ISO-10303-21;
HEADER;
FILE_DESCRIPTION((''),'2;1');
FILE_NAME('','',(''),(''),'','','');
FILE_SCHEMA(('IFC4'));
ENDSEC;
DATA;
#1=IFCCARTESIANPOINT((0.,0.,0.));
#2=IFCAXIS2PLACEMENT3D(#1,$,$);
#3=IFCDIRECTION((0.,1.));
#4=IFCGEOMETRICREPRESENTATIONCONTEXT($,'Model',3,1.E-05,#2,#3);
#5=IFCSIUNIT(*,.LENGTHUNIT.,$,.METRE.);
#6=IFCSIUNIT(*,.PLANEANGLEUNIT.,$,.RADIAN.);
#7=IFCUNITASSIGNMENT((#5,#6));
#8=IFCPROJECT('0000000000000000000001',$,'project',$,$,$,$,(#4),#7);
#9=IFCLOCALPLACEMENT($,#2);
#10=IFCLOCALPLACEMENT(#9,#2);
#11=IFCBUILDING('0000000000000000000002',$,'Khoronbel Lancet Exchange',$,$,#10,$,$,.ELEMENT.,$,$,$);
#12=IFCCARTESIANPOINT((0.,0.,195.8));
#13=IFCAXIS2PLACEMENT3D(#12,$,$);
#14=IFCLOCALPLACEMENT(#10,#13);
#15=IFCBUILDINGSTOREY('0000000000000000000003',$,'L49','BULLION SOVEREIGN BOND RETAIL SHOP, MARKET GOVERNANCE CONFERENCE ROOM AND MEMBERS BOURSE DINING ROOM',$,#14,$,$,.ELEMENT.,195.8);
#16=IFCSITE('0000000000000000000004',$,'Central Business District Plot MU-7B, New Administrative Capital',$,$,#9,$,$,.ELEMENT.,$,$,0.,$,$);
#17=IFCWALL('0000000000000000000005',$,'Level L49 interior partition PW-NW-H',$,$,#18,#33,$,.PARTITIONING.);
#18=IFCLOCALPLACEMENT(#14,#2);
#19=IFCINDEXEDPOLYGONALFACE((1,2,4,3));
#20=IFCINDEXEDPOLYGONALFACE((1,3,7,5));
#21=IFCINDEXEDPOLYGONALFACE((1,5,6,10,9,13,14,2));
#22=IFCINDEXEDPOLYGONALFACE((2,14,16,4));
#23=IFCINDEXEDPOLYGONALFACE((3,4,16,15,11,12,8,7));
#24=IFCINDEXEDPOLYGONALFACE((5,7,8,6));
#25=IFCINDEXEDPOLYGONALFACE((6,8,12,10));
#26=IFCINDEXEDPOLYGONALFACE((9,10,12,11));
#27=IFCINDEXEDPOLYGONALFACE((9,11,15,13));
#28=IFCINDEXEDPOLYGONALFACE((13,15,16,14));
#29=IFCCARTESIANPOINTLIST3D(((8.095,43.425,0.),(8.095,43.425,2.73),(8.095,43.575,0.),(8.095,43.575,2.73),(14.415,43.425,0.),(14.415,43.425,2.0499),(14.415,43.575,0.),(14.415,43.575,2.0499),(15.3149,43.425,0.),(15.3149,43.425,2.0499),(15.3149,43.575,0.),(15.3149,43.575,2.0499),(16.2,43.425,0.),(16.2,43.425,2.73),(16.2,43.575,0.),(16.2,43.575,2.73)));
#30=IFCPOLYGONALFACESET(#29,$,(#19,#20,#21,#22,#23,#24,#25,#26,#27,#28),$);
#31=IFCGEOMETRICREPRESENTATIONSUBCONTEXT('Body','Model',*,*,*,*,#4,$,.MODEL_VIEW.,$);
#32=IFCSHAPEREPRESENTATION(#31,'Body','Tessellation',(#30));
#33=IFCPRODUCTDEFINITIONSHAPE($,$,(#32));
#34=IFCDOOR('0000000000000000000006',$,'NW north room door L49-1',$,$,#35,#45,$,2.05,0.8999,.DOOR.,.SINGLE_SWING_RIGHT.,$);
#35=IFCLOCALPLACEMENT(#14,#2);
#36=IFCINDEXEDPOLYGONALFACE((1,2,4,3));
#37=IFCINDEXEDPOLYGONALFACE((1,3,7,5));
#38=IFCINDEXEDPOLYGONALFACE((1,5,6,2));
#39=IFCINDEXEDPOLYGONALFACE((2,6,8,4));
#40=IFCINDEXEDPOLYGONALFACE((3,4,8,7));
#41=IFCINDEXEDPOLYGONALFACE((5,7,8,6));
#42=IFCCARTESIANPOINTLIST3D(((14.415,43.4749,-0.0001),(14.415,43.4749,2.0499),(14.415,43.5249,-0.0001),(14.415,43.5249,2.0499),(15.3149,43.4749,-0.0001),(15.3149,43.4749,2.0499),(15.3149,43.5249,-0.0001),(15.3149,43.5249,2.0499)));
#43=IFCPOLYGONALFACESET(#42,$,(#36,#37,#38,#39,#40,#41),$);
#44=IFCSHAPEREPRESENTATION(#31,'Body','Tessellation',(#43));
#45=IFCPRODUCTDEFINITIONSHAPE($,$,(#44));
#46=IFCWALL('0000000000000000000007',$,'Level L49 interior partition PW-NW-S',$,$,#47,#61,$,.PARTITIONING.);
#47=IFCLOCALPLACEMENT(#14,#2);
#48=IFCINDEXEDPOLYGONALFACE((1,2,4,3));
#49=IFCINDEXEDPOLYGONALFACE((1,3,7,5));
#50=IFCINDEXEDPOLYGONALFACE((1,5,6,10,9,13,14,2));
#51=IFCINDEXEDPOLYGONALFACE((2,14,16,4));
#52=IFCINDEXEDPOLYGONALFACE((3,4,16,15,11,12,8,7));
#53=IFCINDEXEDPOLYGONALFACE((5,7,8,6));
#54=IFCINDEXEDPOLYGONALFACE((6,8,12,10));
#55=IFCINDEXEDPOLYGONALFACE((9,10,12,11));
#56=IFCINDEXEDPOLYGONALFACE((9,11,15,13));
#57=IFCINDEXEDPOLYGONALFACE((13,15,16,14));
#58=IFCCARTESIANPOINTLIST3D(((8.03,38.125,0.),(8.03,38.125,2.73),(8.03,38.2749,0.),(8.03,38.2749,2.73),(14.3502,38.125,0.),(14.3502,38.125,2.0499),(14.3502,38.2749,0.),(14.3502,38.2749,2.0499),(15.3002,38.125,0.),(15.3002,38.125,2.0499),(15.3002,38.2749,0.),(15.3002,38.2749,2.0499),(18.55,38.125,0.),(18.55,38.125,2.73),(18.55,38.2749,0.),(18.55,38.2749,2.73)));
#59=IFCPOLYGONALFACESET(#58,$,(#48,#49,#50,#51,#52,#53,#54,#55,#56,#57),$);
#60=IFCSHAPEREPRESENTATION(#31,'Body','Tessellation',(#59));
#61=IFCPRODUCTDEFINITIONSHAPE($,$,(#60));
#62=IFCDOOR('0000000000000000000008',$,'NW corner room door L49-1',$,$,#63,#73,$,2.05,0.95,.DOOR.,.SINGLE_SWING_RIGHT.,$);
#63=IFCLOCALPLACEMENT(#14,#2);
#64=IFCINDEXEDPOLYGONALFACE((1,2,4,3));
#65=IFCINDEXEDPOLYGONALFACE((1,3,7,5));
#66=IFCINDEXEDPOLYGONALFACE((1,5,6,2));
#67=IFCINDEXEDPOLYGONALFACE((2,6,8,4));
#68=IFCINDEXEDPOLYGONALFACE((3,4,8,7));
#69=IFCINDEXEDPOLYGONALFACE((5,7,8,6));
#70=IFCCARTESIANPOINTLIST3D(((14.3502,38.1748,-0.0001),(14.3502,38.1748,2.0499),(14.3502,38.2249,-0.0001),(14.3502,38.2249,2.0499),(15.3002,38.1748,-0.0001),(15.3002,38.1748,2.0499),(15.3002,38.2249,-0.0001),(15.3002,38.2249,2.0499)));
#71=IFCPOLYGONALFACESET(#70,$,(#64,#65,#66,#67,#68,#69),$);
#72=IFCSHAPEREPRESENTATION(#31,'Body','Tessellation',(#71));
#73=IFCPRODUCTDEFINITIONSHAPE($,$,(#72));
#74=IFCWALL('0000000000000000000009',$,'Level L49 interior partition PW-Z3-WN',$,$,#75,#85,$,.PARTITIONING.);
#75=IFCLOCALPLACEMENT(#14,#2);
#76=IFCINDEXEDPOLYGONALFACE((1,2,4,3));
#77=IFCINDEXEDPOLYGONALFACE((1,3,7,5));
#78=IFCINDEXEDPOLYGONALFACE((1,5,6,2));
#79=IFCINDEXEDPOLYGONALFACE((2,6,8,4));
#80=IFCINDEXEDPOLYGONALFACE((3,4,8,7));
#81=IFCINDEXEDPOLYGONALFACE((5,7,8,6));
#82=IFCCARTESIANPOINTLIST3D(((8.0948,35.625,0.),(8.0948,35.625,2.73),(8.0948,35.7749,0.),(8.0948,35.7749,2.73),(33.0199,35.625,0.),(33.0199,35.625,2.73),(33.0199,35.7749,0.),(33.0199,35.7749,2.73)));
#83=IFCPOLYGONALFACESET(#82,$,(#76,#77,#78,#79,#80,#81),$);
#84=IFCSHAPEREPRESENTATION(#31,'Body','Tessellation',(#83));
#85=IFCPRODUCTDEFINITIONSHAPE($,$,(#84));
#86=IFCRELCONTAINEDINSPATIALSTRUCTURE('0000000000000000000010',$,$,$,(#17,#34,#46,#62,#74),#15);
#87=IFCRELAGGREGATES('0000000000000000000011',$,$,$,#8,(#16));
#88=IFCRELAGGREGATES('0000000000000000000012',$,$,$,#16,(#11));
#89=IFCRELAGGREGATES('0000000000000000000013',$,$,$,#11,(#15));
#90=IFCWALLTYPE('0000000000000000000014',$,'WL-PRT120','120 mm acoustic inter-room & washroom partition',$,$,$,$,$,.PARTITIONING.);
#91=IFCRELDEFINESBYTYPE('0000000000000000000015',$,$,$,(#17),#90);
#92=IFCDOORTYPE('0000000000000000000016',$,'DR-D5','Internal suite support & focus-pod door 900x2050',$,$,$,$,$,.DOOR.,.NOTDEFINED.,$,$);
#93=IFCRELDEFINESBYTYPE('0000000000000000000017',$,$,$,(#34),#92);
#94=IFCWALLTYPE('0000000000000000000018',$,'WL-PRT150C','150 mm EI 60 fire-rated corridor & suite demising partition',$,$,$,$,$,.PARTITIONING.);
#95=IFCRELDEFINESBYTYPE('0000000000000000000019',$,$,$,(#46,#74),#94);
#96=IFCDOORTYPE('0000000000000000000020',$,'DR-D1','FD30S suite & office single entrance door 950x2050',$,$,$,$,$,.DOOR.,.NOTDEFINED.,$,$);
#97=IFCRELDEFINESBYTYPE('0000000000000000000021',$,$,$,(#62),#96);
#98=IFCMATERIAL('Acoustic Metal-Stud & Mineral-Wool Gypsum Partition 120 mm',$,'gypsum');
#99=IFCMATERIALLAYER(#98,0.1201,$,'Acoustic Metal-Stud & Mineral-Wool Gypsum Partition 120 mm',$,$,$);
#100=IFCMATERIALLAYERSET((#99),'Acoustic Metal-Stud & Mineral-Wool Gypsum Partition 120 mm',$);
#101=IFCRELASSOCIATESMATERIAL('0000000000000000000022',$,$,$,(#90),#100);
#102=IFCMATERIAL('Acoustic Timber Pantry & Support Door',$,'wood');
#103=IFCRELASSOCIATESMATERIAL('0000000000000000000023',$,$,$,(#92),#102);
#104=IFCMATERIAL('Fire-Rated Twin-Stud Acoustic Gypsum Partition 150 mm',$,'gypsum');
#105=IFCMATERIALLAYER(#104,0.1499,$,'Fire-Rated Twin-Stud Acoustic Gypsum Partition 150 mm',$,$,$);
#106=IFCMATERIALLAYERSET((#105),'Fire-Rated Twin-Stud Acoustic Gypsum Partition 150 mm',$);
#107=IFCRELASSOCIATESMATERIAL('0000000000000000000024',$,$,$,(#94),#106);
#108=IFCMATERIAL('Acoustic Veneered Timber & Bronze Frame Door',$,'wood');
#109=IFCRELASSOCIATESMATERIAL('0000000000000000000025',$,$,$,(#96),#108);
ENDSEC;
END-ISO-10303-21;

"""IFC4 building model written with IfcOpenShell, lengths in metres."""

from ifc_helpers import new_model, si_unit, direction, frame, frame_2d, origin, place, context, subcontext, project, spatial, rectangle, extrude, material, layer, layer_set, type_object, element, fill, save


model = new_model("IFC4")

# Units and contexts
model_context = context("Model", 3, precision=1e-05, world=origin(), true_north=direction((0.0, 1.0)))
body_context = subcontext(model_context, "Body", "Model", "MODEL_VIEW")
ifc_project = project(units=[si_unit("LENGTHUNIT", "METRE"), si_unit("PLANEANGLEUNIT", "RADIAN")], contexts=[model_context])

# Site, building, storey
site_placement = place(None, origin())
site = spatial("IfcSite", under=ifc_project, at=site_placement, Name="Central Business District Plot MU-7B, New Administrative Capital", CompositionType="ELEMENT", RefElevation=0.0)
building_placement = place(site_placement, origin())
building = spatial("IfcBuilding", under=site, at=building_placement, Name="Khoronbel Lancet Exchange", CompositionType="ELEMENT")
storey_placement = place(building_placement, frame((0.0, 0.0, 195.8)))
storey = spatial("IfcBuildingStorey", under=building, at=storey_placement, Name="L49", Description="BULLION SOVEREIGN BOND RETAIL SHOP, MARKET GOVERNANCE CONFERENCE ROOM AND MEMBERS BOURSE DINING ROOM", CompositionType="ELEMENT", Elevation=195.8)

# Walls, openings, doors
ifc_material_1 = material(Name="Acoustic Metal-Stud & Mineral-Wool Gypsum Partition 120 mm", Category="gypsum")
ifc_layer_1 = layer(ifc_material_1, 0.1201, Name="Acoustic Metal-Stud & Mineral-Wool Gypsum Partition 120 mm")
ifc_layer_set_1 = layer_set([ifc_layer_1], Name="Acoustic Metal-Stud & Mineral-Wool Gypsum Partition 120 mm")
wall_type_1 = type_object("IfcWallType", Name="WL-PRT120", Description="120 mm acoustic inter-room & washroom partition", PredefinedType="PARTITIONING", material=ifc_layer_set_1)
wall_1_placement = place(storey_placement, frame((8.095, 43.5, 0.0), z_axis=(0.0, 0.0, 1.0), x_axis=(1.0, 0.0, 0.0)))
wall_1 = element("IfcWall", 1, at=wall_1_placement, inside=storey, type_object=wall_type_1, Name="Level L49 interior partition PW-NW-H", PredefinedType="PARTITIONING", context=body_context, shape_type="SweptSolid", body=[
    extrude(rectangle(XDim=8.105, YDim=0.1499, at=frame_2d((4.0525, 0.0))), origin(), (0.0, 0.0, 1.0), 2.73),
])
opening_1_placement = place(wall_1_placement, frame((6.3201, 0.0, 0.0)))
opening_1 = element("IfcOpeningElement", 2, at=opening_1_placement, cuts=wall_1, PredefinedType="OPENING", context=body_context, shape_type="SweptSolid", body=[
    extrude(rectangle(XDim=0.8999, YDim=2.05, at=frame_2d((0.45, 1.0249))), frame((0.0, 0.085, 0.0), z_axis=(0.0, -1.0, 0.0), x_axis=(1.0, 0.0, 0.0)), (0.0, 0.0, 1.0), 0.1699),
])
ifc_material_2 = material(Name="Acoustic Timber Pantry & Support Door", Category="wood")
door_type_1 = type_object("IfcDoorType", Name="DR-D5", Description="Internal suite support & focus-pod door 900x2050", OperationType="NOTDEFINED", PredefinedType="DOOR", material=ifc_material_2)
door_1_placement = place(opening_1_placement, origin())
door_1 = element("IfcDoor", 3, at=door_1_placement, inside=storey, type_object=door_type_1, Name="NW north room door L49-1", OperationType="SINGLE_SWING_RIGHT", OverallHeight=2.05, OverallWidth=0.8999, PredefinedType="DOOR", context=body_context, shape_type="SweptSolid", body=[
    extrude(rectangle(XDim=0.8999, YDim=2.05, at=frame_2d((0.45, 1.0249))), frame((0.0, 0.0249, 0.0), z_axis=(0.0, -1.0, 0.0), x_axis=(1.0, 0.0, 0.0)), (0.0, 0.0, 1.0), 0.05),
])
fill(opening_1, door_1)
ifc_material_3 = material(Name="Fire-Rated Twin-Stud Acoustic Gypsum Partition 150 mm", Category="gypsum")
ifc_layer_2 = layer(ifc_material_3, 0.1499, Name="Fire-Rated Twin-Stud Acoustic Gypsum Partition 150 mm")
ifc_layer_set_2 = layer_set([ifc_layer_2], Name="Fire-Rated Twin-Stud Acoustic Gypsum Partition 150 mm")
wall_type_2 = type_object("IfcWallType", Name="WL-PRT150C", Description="150 mm EI 60 fire-rated corridor & suite demising partition", PredefinedType="PARTITIONING", material=ifc_layer_set_2)
wall_2_placement = place(storey_placement, frame((8.03, 38.2, 0.0), z_axis=(0.0, 0.0, 1.0), x_axis=(1.0, 0.0, 0.0)))
wall_2 = element("IfcWall", 4, at=wall_2_placement, inside=storey, type_object=wall_type_2, Name="Level L49 interior partition PW-NW-S", PredefinedType="PARTITIONING", context=body_context, shape_type="SweptSolid", body=[
    extrude(rectangle(XDim=10.52, YDim=0.1499, at=frame_2d((5.26, 0.0))), origin(), (0.0, 0.0, 1.0), 2.73),
])
opening_2_placement = place(wall_2_placement, frame((6.3201, 0.0, 0.0)))
opening_2 = element("IfcOpeningElement", 5, at=opening_2_placement, cuts=wall_2, PredefinedType="OPENING", context=body_context, shape_type="SweptSolid", body=[
    extrude(rectangle(XDim=0.95, YDim=2.05, at=frame_2d((0.4751, 1.0249))), frame((0.0, 0.085, 0.0), z_axis=(0.0, -1.0, 0.0), x_axis=(1.0, 0.0, 0.0)), (0.0, 0.0, 1.0), 0.1699),
])
ifc_material_4 = material(Name="Acoustic Veneered Timber & Bronze Frame Door", Category="wood")
door_type_2 = type_object("IfcDoorType", Name="DR-D1", Description="FD30S suite & office single entrance door 950x2050", OperationType="NOTDEFINED", PredefinedType="DOOR", material=ifc_material_4)
door_2_placement = place(opening_2_placement, origin())
door_2 = element("IfcDoor", 6, at=door_2_placement, inside=storey, type_object=door_type_2, Name="NW corner room door L49-1", OperationType="SINGLE_SWING_RIGHT", OverallHeight=2.05, OverallWidth=0.95, PredefinedType="DOOR", context=body_context, shape_type="SweptSolid", body=[
    extrude(rectangle(XDim=0.95, YDim=2.05, at=frame_2d((0.4751, 1.0249))), frame((0.0, 0.0249, 0.0), z_axis=(0.0, -1.0, 0.0), x_axis=(1.0, 0.0, 0.0)), (0.0, 0.0, 1.0), 0.05),
])
fill(opening_2, door_2)

# Wall
wall_3_placement = place(storey_placement, frame((8.095, 35.7, 0.0), z_axis=(0.0, 0.0, 1.0), x_axis=(1.0, 0.0, 0.0)))
element("IfcWall", 7, at=wall_3_placement, inside=storey, type_object=wall_type_2, Name="Level L49 interior partition PW-Z3-WN", PredefinedType="PARTITIONING", context=body_context, shape_type="SweptSolid", body=[
    extrude(rectangle(XDim=24.925, YDim=0.1499, at=frame_2d((12.4624, 0.0))), origin(), (0.0, 0.0, 1.0), 2.73),
])

save(model, "model.ifc")
